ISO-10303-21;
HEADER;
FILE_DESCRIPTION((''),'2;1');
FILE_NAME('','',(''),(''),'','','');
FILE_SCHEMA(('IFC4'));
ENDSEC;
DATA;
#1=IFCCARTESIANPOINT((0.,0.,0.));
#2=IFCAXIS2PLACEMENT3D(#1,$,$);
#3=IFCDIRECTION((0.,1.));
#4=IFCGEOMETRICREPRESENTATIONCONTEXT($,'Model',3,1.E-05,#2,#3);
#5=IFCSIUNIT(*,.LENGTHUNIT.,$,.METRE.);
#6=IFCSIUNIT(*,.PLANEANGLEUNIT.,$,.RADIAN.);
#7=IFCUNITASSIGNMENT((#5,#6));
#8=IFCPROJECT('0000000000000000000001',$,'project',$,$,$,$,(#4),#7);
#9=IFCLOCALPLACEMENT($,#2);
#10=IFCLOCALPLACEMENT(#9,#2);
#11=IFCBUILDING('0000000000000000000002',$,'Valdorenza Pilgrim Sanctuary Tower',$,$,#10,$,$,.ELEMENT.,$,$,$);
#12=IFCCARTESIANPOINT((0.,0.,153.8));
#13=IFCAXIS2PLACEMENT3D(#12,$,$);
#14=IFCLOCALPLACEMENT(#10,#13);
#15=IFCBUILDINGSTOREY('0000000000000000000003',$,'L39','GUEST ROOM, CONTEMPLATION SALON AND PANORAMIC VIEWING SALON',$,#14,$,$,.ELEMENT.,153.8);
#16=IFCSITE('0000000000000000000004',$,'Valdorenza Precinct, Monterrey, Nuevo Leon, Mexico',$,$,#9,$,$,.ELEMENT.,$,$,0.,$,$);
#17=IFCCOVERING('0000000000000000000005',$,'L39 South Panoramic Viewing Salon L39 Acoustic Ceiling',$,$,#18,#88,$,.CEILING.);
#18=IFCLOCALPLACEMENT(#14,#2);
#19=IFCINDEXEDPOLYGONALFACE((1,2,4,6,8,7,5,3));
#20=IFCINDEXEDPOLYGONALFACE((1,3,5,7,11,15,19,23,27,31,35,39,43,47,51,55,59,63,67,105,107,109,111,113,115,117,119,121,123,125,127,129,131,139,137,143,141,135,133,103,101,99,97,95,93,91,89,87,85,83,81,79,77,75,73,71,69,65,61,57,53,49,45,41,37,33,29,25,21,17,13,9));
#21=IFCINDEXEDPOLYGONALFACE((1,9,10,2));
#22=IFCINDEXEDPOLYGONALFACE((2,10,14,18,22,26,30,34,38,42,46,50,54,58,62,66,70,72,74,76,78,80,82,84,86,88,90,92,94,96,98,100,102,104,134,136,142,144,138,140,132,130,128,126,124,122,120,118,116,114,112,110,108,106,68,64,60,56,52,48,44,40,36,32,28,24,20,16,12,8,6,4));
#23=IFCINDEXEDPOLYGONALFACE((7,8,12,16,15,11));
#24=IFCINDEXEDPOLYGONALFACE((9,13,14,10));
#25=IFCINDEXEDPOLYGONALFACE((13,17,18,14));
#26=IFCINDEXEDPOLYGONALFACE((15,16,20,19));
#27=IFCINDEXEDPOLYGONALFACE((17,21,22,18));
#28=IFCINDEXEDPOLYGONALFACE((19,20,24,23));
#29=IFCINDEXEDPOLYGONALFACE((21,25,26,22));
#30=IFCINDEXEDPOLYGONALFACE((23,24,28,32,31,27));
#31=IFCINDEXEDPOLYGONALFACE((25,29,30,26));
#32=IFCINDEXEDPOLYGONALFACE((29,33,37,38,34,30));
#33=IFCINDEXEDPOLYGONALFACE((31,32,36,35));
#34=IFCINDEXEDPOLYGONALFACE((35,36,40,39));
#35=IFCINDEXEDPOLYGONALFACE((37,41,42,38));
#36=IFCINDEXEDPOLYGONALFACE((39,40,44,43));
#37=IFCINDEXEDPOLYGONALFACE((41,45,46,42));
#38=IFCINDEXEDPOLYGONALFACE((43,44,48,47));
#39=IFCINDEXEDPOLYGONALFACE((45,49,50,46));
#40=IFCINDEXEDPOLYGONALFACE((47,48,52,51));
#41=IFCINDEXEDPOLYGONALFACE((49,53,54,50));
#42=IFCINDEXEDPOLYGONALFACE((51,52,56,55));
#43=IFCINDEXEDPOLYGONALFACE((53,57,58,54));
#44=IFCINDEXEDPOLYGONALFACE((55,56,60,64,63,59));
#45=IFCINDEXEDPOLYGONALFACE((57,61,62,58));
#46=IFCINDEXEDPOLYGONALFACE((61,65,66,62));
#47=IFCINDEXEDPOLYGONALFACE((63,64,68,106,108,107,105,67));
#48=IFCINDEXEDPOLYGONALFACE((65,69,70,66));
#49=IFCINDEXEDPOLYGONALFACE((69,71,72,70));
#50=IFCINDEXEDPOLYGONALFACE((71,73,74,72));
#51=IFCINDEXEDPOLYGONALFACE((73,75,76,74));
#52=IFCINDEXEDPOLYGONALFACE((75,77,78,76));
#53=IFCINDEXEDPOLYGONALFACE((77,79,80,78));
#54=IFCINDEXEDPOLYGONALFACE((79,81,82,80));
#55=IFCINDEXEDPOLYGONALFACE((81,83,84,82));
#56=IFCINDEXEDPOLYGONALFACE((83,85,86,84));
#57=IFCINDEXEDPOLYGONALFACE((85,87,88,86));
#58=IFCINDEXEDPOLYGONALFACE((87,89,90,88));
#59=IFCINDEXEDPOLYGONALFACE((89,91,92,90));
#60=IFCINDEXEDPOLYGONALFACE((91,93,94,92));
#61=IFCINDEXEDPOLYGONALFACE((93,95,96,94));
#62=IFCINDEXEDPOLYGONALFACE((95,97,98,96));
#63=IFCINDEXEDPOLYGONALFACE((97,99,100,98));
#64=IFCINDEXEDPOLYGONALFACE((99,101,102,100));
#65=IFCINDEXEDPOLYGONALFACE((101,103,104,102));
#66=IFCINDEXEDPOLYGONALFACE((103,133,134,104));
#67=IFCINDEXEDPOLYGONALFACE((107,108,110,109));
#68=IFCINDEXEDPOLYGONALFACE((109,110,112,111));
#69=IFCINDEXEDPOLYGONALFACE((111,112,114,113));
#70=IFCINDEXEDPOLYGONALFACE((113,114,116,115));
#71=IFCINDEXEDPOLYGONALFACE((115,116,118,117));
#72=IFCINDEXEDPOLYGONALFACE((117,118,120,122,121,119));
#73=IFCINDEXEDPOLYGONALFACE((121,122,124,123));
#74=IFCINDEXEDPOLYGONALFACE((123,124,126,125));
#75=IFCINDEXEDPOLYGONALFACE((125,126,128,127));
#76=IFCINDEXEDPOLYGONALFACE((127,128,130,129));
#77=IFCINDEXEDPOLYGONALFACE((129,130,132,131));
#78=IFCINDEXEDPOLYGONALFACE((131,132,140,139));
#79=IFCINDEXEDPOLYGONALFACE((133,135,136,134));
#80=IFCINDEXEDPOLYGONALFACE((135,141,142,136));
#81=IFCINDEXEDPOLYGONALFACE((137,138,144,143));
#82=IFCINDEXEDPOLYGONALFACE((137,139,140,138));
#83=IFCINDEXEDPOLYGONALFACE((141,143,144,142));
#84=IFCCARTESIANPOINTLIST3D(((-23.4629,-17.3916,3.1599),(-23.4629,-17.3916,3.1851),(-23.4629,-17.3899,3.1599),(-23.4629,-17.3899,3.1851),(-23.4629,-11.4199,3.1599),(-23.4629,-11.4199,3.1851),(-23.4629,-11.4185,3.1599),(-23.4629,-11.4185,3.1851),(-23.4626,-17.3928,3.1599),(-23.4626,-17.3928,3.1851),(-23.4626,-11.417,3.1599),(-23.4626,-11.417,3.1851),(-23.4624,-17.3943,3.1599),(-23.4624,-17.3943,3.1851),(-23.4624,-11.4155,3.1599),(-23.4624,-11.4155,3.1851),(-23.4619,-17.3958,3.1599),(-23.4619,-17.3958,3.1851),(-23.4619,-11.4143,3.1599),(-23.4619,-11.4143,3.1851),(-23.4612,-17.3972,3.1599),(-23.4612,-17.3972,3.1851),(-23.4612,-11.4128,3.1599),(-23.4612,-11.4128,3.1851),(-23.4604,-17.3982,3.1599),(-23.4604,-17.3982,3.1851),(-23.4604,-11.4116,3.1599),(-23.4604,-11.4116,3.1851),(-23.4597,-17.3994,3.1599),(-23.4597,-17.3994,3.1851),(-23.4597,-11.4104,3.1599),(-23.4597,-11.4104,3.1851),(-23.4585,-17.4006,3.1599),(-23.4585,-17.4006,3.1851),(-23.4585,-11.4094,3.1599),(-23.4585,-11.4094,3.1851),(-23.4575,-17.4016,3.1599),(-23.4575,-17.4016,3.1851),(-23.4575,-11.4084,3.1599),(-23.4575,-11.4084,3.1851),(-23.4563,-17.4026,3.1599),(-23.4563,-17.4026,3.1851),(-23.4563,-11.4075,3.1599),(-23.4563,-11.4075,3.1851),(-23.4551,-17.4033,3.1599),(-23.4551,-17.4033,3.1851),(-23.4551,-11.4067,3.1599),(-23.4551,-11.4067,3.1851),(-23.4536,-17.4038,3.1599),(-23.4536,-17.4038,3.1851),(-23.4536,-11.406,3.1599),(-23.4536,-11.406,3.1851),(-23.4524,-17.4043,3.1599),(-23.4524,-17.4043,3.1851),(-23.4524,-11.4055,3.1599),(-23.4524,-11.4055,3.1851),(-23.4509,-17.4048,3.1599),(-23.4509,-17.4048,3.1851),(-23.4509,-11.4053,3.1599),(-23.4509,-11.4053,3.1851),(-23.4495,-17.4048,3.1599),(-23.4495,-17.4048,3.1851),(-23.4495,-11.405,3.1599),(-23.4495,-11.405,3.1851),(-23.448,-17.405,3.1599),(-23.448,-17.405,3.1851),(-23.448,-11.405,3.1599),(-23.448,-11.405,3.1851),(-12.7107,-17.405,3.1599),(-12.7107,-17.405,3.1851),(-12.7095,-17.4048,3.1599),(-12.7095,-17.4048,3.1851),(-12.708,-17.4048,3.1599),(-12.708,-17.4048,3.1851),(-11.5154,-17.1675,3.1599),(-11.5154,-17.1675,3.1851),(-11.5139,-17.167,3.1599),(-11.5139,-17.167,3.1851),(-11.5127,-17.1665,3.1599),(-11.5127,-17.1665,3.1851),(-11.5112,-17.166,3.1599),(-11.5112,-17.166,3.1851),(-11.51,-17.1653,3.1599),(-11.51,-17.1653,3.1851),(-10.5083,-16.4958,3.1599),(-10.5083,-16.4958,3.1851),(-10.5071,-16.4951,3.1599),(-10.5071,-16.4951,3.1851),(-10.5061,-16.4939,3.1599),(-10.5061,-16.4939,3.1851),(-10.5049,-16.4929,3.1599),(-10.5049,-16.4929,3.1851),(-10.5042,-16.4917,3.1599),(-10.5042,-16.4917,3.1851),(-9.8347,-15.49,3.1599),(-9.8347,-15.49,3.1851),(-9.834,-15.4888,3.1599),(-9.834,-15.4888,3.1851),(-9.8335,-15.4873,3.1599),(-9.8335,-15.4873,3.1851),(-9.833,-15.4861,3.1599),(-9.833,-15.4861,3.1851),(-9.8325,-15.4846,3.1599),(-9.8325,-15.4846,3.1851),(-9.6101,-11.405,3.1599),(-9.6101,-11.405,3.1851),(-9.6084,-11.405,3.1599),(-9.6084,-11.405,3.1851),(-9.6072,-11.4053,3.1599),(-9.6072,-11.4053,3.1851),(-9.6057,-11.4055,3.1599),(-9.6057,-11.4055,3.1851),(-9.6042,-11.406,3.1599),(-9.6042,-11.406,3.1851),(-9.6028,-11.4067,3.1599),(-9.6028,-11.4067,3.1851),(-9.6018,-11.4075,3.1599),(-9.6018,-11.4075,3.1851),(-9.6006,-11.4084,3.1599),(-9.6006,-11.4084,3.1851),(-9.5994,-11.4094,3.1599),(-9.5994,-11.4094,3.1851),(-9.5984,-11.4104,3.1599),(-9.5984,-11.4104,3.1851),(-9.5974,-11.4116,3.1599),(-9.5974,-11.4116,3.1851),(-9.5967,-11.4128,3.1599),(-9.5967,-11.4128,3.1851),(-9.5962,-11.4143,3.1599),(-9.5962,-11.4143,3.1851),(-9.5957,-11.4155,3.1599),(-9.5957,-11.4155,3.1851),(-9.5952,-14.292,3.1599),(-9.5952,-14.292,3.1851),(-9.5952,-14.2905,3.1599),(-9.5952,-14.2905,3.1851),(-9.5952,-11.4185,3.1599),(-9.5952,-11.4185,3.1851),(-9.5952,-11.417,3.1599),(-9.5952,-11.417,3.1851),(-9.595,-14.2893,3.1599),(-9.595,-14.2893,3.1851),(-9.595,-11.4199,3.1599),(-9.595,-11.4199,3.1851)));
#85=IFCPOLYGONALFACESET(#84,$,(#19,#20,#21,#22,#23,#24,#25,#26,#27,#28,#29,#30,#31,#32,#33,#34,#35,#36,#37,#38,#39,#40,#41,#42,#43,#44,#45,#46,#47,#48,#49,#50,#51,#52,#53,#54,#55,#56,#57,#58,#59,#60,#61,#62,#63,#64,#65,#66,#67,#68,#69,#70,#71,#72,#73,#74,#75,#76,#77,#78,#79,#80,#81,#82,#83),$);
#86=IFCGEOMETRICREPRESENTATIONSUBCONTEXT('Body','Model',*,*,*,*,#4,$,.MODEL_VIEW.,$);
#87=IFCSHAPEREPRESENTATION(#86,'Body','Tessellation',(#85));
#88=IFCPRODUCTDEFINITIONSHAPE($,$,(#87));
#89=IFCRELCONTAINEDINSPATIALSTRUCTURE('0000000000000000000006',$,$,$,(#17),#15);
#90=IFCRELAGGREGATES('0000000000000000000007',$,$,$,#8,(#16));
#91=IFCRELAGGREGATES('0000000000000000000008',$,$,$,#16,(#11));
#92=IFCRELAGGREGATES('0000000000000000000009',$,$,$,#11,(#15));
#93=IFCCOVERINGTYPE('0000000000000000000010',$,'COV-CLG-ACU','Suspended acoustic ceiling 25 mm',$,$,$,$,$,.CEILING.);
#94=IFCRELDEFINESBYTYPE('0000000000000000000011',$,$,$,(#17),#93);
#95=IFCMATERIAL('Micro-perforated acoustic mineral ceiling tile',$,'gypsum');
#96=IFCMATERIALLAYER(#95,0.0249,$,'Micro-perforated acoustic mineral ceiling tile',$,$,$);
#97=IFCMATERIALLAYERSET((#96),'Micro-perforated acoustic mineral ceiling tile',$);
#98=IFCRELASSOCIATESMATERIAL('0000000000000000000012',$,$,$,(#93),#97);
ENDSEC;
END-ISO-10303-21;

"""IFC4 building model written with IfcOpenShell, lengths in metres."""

from ifc_helpers import new_model, si_unit, direction, frame, origin, place, context, subcontext, project, spatial, polyline, outline, extrude, material, layer, layer_set, type_object, element, save


model = new_model("IFC4")

# Units and contexts
model_context = context("Model", 3, precision=1e-05, world=origin(), true_north=direction((0.0, 1.0)))
body_context = subcontext(model_context, "Body", "Model", "MODEL_VIEW")
ifc_project = project(units=[si_unit("LENGTHUNIT", "METRE"), si_unit("PLANEANGLEUNIT", "RADIAN")], contexts=[model_context])

# Site, building, storey
site_placement = place(None, origin())
site = spatial("IfcSite", under=ifc_project, at=site_placement, Name="Valdorenza Precinct, Monterrey, Nuevo Leon, Mexico", CompositionType="ELEMENT", RefElevation=0.0)
building_placement = place(site_placement, origin())
building = spatial("IfcBuilding", under=site, at=building_placement, Name="Valdorenza Pilgrim Sanctuary Tower", CompositionType="ELEMENT")
storey_placement = place(building_placement, frame((0.0, 0.0, 153.8)))
storey = spatial("IfcBuildingStorey", under=building, at=storey_placement, Name="L39", Description="GUEST ROOM, CONTEMPLATION SALON AND PANORAMIC VIEWING SALON", CompositionType="ELEMENT", Elevation=153.8)

# Covering
ifc_material_1 = material(Name="Micro-perforated acoustic mineral ceiling tile", Category="gypsum")
ifc_layer_1 = layer(ifc_material_1, 0.0249, Name="Micro-perforated acoustic mineral ceiling tile")
ifc_layer_set_1 = layer_set([ifc_layer_1], Name="Micro-perforated acoustic mineral ceiling tile")
covering_type_1 = type_object("IfcCoveringType", Name="COV-CLG-ACU", Description="Suspended acoustic ceiling 25 mm", PredefinedType="CEILING", material=ifc_layer_set_1)
covering_1_placement = place(storey_placement, frame((0.0, 0.0, 3.1599)))
element("IfcCovering", 1, at=covering_1_placement, inside=storey, type_object=covering_type_1, Name="L39 South Panoramic Viewing Salon L39 Acoustic Ceiling", PredefinedType="CEILING", context=body_context, shape_type="SweptSolid", body=[
    extrude(outline(polyline([(-9.6101, -11.405), (-9.6084, -11.405), (-9.6072, -11.4053), (-9.6057, -11.4055), (-9.6042, -11.406), (-9.6028, -11.4067), (-9.6018, -11.4075), (-9.6006, -11.4084), (-9.5994, -11.4094), (-9.5984, -11.4104), (-9.5974, -11.4116), (-9.5967, -11.4128), (-9.5962, -11.4143), (-9.5957, -11.4155), (-9.5952, -11.417), (-9.5952, -11.4185), (-9.595, -11.4199), (-9.595, -14.2893), (-9.5952, -14.2905), (-9.5952, -14.292), (-9.8325, -15.4846), (-9.833, -15.4861), (-9.8335, -15.4873), (-9.834, -15.4888), (-9.8347, -15.49), (-10.5042, -16.4917), (-10.5049, -16.4929), (-10.5061, -16.4939), (-10.5071, -16.4951), (-10.5083, -16.4958), (-11.51, -17.1653), (-11.5112, -17.166), (-11.5127, -17.1665), (-11.5139, -17.167), (-11.5154, -17.1675), (-12.708, -17.4048), (-12.7095, -17.4048), (-12.7107, -17.405), (-23.448, -17.405), (-23.4495, -17.4048), (-23.4509, -17.4048), (-23.4524, -17.4043), (-23.4536, -17.4038), (-23.4551, -17.4033), (-23.4563, -17.4026), (-23.4575, -17.4016), (-23.4585, -17.4006), (-23.4597, -17.3994), (-23.4604, -17.3982), (-23.4612, -17.3972), (-23.4619, -17.3958), (-23.4624, -17.3943), (-23.4626, -17.3928), (-23.4629, -17.3916), (-23.4629, -17.3899), (-23.4629, -11.4199), (-23.4629, -11.4185), (-23.4626, -11.417), (-23.4624, -11.4155), (-23.4619, -11.4143), (-23.4612, -11.4128), (-23.4604, -11.4116), (-23.4597, -11.4104), (-23.4585, -11.4094), (-23.4575, -11.4084), (-23.4563, -11.4075), (-23.4551, -11.4067), (-23.4536, -11.406), (-23.4524, -11.4055), (-23.4509, -11.4053), (-23.4495, -11.405), (-23.448, -11.405), (-9.6101, -11.405)])), origin(), (0.0, 0.0, 1.0), 0.0251),
])

save(model, "model.ifc")
